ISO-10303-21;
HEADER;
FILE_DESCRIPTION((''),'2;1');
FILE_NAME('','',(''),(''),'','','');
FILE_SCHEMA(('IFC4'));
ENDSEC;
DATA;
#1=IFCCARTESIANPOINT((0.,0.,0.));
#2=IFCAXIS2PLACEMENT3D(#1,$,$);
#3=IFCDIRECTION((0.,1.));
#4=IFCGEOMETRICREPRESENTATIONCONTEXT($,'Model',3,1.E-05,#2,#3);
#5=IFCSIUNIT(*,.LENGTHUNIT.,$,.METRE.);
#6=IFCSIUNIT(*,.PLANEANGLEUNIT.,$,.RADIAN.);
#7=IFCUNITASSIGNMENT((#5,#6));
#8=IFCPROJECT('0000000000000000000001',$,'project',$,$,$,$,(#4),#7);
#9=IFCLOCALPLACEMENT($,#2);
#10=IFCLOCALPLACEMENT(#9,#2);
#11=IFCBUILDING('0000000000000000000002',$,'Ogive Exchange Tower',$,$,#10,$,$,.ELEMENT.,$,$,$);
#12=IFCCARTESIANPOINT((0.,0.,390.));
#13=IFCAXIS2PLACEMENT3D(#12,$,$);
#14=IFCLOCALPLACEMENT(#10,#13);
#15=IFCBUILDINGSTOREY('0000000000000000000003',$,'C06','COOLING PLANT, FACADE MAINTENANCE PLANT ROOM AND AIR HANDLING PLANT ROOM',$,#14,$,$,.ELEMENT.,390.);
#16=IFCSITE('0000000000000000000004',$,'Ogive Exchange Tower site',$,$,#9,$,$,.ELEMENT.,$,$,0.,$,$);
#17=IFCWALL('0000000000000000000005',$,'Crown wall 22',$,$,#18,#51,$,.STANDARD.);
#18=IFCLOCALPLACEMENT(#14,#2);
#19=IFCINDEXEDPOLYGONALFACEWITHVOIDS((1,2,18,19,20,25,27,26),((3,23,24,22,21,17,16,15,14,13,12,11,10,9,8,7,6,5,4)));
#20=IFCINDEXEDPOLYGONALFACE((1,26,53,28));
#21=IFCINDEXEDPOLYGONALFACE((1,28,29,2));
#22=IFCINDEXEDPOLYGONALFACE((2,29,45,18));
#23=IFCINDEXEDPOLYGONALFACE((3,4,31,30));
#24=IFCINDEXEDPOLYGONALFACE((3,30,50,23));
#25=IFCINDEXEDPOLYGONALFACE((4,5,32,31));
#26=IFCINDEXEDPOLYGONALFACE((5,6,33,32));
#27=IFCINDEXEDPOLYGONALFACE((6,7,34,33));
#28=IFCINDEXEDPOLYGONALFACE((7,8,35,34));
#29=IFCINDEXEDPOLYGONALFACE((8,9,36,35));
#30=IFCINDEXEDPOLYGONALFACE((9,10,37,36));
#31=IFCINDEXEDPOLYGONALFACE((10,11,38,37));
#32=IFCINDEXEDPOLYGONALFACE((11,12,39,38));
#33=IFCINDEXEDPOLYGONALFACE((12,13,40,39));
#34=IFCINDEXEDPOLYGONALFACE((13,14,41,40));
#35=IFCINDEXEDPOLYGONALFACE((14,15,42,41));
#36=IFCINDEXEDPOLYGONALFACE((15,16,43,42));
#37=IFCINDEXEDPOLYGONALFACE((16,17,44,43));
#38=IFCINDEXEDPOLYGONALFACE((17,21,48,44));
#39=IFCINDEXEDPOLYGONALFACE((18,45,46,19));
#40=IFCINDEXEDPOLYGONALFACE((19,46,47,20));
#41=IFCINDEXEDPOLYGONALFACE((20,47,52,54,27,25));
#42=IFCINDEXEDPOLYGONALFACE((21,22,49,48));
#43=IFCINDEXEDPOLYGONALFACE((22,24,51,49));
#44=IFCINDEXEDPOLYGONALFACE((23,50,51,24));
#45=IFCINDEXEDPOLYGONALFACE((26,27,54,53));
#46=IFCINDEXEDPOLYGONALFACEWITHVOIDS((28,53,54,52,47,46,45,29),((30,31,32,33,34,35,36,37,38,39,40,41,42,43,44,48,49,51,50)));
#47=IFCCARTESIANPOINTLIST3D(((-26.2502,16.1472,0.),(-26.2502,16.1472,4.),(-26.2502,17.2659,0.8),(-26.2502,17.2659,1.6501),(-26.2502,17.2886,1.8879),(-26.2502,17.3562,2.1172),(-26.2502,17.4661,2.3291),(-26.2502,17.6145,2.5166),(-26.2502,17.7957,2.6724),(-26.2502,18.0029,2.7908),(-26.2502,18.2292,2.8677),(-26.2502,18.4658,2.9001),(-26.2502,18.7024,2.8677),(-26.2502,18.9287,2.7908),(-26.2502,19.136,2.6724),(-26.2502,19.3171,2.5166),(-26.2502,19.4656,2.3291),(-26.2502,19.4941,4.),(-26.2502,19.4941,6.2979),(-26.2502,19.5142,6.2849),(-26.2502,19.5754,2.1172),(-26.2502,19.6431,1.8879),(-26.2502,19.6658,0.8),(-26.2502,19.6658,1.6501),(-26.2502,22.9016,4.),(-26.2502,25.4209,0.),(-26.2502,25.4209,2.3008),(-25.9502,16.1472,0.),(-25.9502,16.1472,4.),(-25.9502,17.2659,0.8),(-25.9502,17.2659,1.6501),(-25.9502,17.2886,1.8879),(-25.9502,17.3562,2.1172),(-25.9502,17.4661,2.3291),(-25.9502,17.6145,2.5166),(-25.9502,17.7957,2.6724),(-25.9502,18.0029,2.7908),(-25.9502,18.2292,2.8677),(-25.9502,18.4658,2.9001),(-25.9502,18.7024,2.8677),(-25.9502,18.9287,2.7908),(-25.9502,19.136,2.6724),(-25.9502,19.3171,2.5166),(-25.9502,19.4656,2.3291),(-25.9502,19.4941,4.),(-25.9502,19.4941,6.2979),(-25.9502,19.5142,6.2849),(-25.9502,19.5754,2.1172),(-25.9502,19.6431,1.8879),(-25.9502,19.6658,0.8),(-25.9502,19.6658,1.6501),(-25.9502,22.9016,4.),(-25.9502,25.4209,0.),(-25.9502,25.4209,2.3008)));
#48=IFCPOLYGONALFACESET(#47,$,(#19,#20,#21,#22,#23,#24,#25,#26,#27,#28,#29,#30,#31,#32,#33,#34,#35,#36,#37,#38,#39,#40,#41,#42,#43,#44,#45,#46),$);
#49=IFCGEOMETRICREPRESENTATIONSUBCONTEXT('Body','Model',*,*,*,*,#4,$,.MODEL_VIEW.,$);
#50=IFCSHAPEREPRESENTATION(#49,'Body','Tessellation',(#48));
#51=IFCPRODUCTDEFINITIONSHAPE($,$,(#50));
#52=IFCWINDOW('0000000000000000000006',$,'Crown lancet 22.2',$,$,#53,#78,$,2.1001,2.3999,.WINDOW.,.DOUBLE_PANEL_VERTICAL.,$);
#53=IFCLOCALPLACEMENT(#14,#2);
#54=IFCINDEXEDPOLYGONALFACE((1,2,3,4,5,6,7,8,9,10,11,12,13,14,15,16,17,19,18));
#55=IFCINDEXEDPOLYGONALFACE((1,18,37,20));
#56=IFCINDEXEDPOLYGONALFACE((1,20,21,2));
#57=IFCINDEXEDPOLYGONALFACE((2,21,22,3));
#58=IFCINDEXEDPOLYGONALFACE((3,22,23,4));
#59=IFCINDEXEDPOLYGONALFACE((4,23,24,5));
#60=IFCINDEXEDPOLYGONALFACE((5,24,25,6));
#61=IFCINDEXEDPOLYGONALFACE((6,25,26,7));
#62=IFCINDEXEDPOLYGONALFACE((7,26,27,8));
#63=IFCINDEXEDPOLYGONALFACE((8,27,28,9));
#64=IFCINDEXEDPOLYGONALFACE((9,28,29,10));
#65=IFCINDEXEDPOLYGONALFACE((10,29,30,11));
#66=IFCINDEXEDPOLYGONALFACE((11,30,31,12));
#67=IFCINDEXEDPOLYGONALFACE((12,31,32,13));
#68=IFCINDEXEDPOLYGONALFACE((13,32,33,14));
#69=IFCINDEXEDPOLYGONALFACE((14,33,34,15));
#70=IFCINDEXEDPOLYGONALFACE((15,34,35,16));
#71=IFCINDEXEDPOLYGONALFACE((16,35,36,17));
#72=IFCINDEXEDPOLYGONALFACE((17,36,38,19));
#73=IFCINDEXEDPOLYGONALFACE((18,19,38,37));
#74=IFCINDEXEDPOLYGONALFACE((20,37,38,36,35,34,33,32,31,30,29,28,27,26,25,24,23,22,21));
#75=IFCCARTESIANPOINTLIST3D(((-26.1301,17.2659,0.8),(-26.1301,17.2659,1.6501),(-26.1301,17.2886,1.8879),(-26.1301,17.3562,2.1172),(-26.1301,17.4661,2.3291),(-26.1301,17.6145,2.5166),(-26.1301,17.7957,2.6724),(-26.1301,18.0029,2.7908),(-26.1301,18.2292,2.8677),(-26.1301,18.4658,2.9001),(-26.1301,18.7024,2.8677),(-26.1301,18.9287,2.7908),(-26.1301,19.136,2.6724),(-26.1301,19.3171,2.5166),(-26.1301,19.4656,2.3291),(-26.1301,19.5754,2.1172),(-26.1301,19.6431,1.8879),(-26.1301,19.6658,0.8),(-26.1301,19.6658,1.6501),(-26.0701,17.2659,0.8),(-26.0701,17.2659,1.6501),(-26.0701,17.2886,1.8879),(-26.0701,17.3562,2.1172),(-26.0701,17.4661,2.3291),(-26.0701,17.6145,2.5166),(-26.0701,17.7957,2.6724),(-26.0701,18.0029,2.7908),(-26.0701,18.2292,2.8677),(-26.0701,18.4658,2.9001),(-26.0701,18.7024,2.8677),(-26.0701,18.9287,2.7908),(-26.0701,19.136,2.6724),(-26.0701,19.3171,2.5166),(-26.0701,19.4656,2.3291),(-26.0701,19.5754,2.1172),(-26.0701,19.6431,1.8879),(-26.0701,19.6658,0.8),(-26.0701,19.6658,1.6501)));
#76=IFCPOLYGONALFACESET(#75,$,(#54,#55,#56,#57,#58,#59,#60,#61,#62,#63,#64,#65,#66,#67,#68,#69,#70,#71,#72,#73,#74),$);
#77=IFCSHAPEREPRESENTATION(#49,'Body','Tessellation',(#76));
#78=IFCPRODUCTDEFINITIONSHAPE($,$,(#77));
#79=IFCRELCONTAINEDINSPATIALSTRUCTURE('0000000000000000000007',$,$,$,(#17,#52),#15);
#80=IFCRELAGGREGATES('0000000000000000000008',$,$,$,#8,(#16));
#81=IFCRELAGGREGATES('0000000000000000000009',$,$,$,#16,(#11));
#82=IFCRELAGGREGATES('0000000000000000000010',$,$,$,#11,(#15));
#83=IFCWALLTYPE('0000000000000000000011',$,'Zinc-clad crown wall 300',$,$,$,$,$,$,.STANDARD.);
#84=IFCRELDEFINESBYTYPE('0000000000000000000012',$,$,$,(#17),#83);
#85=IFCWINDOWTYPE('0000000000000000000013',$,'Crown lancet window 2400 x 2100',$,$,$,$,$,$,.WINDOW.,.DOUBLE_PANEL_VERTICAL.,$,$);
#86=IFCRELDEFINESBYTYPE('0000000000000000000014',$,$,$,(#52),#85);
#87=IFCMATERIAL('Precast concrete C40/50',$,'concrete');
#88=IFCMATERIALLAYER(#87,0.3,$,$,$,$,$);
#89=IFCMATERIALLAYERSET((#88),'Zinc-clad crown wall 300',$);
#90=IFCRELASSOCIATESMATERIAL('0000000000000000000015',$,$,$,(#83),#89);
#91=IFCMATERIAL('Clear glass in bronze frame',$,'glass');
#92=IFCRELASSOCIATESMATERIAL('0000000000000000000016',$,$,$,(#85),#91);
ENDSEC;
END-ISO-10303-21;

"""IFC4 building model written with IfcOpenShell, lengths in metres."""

from ifc_helpers import new_model, si_unit, direction, frame, origin, place, context, subcontext, project, spatial, polyline, outline, extrude, material, layer, layer_set, type_object, element, fill, save


model = new_model("IFC4")

# Units and contexts
model_context = context("Model", 3, precision=1e-05, world=origin(), true_north=direction((0.0, 1.0)))
body_context = subcontext(model_context, "Body", "Model", "MODEL_VIEW")
ifc_project = project(units=[si_unit("LENGTHUNIT", "METRE"), si_unit("PLANEANGLEUNIT", "RADIAN")], contexts=[model_context])

# Site, building, storey
site_placement = place(None, origin())
site = spatial("IfcSite", under=ifc_project, at=site_placement, Name="Ogive Exchange Tower site", CompositionType="ELEMENT", RefElevation=0.0)
building_placement = place(site_placement, origin())
building = spatial("IfcBuilding", under=site, at=building_placement, Name="Ogive Exchange Tower", CompositionType="ELEMENT")
storey_placement = place(building_placement, frame((0.0, 0.0, 390.0)))
storey = spatial("IfcBuildingStorey", under=building, at=storey_placement, Name="C06", Description="COOLING PLANT, FACADE MAINTENANCE PLANT ROOM AND AIR HANDLING PLANT ROOM", CompositionType="ELEMENT", Elevation=390.0)

# Shared definitions
ifc_material_1 = material(Name="Precast concrete C40/50", Category="concrete")

# Wall, opening, window
ifc_layer_1 = layer(ifc_material_1, 0.3)
ifc_layer_set_1 = layer_set([ifc_layer_1], Name="Zinc-clad crown wall 300")
wall_type_1 = type_object("IfcWallType", Name="Zinc-clad crown wall 300", PredefinedType="STANDARD", material=ifc_layer_set_1)
wall_1_placement = place(storey_placement, frame((-26.1001, 25.4209, 0.0), z_axis=(0.0, 0.0, 1.0), x_axis=(0.0, -1.0, 0.0)))
wall_1 = element("IfcWall", 1, at=wall_1_placement, inside=storey, type_object=wall_type_1, Name="Crown wall 22", PredefinedType="STANDARD", context=body_context, shape_type="SweptSolid", body=[
    extrude(outline(polyline([(0.0, 0.0), (9.2737, 0.0), (9.2737, 4.0), (5.9268, 4.0), (5.9268, 6.2979), (5.9067, 6.2849), (2.5193, 4.0), (0.0, 2.3008), (0.0, 0.0)])), frame((0.0, 0.1499, 0.0), z_axis=(0.0, -1.0, 0.0), x_axis=(1.0, 0.0, 0.0)), (0.0, 0.0, 1.0), 0.3),
])
opening_1_placement = place(wall_1_placement, frame((5.7551, 0.0, 0.8)))
opening_1 = element("IfcOpeningElement", 2, at=opening_1_placement, cuts=wall_1, PredefinedType="OPENING", context=body_context, shape_type="SweptSolid", body=[
    extrude(outline(polyline([(0.0, 0.0), (2.3999, 0.0), (2.3999, 0.8501), (2.3772, 1.0879), (2.3096, 1.3171), (2.1997, 1.5291), (2.0513, 1.7166), (1.8701, 1.8723), (1.6628, 1.9907), (1.4365, 2.0676), (1.2, 2.1001), (0.9634, 2.0676), (0.7371, 1.9907), (0.5298, 1.8723), (0.3486, 1.7166), (0.2002, 1.5291), (0.0903, 1.3171), (0.0227, 1.0879), (0.0, 0.8501), (0.0, 0.0)])), frame((0.0, 0.1599, 0.0), z_axis=(0.0, -1.0, 0.0), x_axis=(1.0, 0.0, 0.0)), (0.0, 0.0, 1.0), 0.3201),
])
ifc_material_2 = material(Name="Clear glass in bronze frame", Category="glass")
window_type_1 = type_object("IfcWindowType", Name="Crown lancet window 2400 x 2100", PartitioningType="DOUBLE_PANEL_VERTICAL", PredefinedType="WINDOW", material=ifc_material_2)
window_1_placement = place(opening_1_placement, origin())
window_1 = element("IfcWindow", 3, at=window_1_placement, inside=storey, type_object=window_type_1, Name="Crown lancet 22.2", OverallHeight=2.1001, OverallWidth=2.3999, PartitioningType="DOUBLE_PANEL_VERTICAL", PredefinedType="WINDOW", context=body_context, shape_type="SweptSolid", body=[
    extrude(outline(polyline([(0.0, 0.0), (2.3999, 0.0), (2.3999, 0.8501), (2.3772, 1.0879), (2.3096, 1.3171), (2.1997, 1.5291), (2.0513, 1.7166), (1.8701, 1.8723), (1.6628, 1.9907), (1.4365, 2.0676), (1.2, 2.1001), (0.9634, 2.0676), (0.7371, 1.9907), (0.5298, 1.8723), (0.3486, 1.7166), (0.2002, 1.5291), (0.0903, 1.3171), (0.0227, 1.0879), (0.0, 0.8501), (0.0, 0.0)])), frame((0.0, 0.03, 0.0), z_axis=(0.0, -1.0, 0.0), x_axis=(1.0, 0.0, 0.0)), (0.0, 0.0, 1.0), 0.0601),
])
fill(opening_1, window_1)

save(model, "model.ifc")
